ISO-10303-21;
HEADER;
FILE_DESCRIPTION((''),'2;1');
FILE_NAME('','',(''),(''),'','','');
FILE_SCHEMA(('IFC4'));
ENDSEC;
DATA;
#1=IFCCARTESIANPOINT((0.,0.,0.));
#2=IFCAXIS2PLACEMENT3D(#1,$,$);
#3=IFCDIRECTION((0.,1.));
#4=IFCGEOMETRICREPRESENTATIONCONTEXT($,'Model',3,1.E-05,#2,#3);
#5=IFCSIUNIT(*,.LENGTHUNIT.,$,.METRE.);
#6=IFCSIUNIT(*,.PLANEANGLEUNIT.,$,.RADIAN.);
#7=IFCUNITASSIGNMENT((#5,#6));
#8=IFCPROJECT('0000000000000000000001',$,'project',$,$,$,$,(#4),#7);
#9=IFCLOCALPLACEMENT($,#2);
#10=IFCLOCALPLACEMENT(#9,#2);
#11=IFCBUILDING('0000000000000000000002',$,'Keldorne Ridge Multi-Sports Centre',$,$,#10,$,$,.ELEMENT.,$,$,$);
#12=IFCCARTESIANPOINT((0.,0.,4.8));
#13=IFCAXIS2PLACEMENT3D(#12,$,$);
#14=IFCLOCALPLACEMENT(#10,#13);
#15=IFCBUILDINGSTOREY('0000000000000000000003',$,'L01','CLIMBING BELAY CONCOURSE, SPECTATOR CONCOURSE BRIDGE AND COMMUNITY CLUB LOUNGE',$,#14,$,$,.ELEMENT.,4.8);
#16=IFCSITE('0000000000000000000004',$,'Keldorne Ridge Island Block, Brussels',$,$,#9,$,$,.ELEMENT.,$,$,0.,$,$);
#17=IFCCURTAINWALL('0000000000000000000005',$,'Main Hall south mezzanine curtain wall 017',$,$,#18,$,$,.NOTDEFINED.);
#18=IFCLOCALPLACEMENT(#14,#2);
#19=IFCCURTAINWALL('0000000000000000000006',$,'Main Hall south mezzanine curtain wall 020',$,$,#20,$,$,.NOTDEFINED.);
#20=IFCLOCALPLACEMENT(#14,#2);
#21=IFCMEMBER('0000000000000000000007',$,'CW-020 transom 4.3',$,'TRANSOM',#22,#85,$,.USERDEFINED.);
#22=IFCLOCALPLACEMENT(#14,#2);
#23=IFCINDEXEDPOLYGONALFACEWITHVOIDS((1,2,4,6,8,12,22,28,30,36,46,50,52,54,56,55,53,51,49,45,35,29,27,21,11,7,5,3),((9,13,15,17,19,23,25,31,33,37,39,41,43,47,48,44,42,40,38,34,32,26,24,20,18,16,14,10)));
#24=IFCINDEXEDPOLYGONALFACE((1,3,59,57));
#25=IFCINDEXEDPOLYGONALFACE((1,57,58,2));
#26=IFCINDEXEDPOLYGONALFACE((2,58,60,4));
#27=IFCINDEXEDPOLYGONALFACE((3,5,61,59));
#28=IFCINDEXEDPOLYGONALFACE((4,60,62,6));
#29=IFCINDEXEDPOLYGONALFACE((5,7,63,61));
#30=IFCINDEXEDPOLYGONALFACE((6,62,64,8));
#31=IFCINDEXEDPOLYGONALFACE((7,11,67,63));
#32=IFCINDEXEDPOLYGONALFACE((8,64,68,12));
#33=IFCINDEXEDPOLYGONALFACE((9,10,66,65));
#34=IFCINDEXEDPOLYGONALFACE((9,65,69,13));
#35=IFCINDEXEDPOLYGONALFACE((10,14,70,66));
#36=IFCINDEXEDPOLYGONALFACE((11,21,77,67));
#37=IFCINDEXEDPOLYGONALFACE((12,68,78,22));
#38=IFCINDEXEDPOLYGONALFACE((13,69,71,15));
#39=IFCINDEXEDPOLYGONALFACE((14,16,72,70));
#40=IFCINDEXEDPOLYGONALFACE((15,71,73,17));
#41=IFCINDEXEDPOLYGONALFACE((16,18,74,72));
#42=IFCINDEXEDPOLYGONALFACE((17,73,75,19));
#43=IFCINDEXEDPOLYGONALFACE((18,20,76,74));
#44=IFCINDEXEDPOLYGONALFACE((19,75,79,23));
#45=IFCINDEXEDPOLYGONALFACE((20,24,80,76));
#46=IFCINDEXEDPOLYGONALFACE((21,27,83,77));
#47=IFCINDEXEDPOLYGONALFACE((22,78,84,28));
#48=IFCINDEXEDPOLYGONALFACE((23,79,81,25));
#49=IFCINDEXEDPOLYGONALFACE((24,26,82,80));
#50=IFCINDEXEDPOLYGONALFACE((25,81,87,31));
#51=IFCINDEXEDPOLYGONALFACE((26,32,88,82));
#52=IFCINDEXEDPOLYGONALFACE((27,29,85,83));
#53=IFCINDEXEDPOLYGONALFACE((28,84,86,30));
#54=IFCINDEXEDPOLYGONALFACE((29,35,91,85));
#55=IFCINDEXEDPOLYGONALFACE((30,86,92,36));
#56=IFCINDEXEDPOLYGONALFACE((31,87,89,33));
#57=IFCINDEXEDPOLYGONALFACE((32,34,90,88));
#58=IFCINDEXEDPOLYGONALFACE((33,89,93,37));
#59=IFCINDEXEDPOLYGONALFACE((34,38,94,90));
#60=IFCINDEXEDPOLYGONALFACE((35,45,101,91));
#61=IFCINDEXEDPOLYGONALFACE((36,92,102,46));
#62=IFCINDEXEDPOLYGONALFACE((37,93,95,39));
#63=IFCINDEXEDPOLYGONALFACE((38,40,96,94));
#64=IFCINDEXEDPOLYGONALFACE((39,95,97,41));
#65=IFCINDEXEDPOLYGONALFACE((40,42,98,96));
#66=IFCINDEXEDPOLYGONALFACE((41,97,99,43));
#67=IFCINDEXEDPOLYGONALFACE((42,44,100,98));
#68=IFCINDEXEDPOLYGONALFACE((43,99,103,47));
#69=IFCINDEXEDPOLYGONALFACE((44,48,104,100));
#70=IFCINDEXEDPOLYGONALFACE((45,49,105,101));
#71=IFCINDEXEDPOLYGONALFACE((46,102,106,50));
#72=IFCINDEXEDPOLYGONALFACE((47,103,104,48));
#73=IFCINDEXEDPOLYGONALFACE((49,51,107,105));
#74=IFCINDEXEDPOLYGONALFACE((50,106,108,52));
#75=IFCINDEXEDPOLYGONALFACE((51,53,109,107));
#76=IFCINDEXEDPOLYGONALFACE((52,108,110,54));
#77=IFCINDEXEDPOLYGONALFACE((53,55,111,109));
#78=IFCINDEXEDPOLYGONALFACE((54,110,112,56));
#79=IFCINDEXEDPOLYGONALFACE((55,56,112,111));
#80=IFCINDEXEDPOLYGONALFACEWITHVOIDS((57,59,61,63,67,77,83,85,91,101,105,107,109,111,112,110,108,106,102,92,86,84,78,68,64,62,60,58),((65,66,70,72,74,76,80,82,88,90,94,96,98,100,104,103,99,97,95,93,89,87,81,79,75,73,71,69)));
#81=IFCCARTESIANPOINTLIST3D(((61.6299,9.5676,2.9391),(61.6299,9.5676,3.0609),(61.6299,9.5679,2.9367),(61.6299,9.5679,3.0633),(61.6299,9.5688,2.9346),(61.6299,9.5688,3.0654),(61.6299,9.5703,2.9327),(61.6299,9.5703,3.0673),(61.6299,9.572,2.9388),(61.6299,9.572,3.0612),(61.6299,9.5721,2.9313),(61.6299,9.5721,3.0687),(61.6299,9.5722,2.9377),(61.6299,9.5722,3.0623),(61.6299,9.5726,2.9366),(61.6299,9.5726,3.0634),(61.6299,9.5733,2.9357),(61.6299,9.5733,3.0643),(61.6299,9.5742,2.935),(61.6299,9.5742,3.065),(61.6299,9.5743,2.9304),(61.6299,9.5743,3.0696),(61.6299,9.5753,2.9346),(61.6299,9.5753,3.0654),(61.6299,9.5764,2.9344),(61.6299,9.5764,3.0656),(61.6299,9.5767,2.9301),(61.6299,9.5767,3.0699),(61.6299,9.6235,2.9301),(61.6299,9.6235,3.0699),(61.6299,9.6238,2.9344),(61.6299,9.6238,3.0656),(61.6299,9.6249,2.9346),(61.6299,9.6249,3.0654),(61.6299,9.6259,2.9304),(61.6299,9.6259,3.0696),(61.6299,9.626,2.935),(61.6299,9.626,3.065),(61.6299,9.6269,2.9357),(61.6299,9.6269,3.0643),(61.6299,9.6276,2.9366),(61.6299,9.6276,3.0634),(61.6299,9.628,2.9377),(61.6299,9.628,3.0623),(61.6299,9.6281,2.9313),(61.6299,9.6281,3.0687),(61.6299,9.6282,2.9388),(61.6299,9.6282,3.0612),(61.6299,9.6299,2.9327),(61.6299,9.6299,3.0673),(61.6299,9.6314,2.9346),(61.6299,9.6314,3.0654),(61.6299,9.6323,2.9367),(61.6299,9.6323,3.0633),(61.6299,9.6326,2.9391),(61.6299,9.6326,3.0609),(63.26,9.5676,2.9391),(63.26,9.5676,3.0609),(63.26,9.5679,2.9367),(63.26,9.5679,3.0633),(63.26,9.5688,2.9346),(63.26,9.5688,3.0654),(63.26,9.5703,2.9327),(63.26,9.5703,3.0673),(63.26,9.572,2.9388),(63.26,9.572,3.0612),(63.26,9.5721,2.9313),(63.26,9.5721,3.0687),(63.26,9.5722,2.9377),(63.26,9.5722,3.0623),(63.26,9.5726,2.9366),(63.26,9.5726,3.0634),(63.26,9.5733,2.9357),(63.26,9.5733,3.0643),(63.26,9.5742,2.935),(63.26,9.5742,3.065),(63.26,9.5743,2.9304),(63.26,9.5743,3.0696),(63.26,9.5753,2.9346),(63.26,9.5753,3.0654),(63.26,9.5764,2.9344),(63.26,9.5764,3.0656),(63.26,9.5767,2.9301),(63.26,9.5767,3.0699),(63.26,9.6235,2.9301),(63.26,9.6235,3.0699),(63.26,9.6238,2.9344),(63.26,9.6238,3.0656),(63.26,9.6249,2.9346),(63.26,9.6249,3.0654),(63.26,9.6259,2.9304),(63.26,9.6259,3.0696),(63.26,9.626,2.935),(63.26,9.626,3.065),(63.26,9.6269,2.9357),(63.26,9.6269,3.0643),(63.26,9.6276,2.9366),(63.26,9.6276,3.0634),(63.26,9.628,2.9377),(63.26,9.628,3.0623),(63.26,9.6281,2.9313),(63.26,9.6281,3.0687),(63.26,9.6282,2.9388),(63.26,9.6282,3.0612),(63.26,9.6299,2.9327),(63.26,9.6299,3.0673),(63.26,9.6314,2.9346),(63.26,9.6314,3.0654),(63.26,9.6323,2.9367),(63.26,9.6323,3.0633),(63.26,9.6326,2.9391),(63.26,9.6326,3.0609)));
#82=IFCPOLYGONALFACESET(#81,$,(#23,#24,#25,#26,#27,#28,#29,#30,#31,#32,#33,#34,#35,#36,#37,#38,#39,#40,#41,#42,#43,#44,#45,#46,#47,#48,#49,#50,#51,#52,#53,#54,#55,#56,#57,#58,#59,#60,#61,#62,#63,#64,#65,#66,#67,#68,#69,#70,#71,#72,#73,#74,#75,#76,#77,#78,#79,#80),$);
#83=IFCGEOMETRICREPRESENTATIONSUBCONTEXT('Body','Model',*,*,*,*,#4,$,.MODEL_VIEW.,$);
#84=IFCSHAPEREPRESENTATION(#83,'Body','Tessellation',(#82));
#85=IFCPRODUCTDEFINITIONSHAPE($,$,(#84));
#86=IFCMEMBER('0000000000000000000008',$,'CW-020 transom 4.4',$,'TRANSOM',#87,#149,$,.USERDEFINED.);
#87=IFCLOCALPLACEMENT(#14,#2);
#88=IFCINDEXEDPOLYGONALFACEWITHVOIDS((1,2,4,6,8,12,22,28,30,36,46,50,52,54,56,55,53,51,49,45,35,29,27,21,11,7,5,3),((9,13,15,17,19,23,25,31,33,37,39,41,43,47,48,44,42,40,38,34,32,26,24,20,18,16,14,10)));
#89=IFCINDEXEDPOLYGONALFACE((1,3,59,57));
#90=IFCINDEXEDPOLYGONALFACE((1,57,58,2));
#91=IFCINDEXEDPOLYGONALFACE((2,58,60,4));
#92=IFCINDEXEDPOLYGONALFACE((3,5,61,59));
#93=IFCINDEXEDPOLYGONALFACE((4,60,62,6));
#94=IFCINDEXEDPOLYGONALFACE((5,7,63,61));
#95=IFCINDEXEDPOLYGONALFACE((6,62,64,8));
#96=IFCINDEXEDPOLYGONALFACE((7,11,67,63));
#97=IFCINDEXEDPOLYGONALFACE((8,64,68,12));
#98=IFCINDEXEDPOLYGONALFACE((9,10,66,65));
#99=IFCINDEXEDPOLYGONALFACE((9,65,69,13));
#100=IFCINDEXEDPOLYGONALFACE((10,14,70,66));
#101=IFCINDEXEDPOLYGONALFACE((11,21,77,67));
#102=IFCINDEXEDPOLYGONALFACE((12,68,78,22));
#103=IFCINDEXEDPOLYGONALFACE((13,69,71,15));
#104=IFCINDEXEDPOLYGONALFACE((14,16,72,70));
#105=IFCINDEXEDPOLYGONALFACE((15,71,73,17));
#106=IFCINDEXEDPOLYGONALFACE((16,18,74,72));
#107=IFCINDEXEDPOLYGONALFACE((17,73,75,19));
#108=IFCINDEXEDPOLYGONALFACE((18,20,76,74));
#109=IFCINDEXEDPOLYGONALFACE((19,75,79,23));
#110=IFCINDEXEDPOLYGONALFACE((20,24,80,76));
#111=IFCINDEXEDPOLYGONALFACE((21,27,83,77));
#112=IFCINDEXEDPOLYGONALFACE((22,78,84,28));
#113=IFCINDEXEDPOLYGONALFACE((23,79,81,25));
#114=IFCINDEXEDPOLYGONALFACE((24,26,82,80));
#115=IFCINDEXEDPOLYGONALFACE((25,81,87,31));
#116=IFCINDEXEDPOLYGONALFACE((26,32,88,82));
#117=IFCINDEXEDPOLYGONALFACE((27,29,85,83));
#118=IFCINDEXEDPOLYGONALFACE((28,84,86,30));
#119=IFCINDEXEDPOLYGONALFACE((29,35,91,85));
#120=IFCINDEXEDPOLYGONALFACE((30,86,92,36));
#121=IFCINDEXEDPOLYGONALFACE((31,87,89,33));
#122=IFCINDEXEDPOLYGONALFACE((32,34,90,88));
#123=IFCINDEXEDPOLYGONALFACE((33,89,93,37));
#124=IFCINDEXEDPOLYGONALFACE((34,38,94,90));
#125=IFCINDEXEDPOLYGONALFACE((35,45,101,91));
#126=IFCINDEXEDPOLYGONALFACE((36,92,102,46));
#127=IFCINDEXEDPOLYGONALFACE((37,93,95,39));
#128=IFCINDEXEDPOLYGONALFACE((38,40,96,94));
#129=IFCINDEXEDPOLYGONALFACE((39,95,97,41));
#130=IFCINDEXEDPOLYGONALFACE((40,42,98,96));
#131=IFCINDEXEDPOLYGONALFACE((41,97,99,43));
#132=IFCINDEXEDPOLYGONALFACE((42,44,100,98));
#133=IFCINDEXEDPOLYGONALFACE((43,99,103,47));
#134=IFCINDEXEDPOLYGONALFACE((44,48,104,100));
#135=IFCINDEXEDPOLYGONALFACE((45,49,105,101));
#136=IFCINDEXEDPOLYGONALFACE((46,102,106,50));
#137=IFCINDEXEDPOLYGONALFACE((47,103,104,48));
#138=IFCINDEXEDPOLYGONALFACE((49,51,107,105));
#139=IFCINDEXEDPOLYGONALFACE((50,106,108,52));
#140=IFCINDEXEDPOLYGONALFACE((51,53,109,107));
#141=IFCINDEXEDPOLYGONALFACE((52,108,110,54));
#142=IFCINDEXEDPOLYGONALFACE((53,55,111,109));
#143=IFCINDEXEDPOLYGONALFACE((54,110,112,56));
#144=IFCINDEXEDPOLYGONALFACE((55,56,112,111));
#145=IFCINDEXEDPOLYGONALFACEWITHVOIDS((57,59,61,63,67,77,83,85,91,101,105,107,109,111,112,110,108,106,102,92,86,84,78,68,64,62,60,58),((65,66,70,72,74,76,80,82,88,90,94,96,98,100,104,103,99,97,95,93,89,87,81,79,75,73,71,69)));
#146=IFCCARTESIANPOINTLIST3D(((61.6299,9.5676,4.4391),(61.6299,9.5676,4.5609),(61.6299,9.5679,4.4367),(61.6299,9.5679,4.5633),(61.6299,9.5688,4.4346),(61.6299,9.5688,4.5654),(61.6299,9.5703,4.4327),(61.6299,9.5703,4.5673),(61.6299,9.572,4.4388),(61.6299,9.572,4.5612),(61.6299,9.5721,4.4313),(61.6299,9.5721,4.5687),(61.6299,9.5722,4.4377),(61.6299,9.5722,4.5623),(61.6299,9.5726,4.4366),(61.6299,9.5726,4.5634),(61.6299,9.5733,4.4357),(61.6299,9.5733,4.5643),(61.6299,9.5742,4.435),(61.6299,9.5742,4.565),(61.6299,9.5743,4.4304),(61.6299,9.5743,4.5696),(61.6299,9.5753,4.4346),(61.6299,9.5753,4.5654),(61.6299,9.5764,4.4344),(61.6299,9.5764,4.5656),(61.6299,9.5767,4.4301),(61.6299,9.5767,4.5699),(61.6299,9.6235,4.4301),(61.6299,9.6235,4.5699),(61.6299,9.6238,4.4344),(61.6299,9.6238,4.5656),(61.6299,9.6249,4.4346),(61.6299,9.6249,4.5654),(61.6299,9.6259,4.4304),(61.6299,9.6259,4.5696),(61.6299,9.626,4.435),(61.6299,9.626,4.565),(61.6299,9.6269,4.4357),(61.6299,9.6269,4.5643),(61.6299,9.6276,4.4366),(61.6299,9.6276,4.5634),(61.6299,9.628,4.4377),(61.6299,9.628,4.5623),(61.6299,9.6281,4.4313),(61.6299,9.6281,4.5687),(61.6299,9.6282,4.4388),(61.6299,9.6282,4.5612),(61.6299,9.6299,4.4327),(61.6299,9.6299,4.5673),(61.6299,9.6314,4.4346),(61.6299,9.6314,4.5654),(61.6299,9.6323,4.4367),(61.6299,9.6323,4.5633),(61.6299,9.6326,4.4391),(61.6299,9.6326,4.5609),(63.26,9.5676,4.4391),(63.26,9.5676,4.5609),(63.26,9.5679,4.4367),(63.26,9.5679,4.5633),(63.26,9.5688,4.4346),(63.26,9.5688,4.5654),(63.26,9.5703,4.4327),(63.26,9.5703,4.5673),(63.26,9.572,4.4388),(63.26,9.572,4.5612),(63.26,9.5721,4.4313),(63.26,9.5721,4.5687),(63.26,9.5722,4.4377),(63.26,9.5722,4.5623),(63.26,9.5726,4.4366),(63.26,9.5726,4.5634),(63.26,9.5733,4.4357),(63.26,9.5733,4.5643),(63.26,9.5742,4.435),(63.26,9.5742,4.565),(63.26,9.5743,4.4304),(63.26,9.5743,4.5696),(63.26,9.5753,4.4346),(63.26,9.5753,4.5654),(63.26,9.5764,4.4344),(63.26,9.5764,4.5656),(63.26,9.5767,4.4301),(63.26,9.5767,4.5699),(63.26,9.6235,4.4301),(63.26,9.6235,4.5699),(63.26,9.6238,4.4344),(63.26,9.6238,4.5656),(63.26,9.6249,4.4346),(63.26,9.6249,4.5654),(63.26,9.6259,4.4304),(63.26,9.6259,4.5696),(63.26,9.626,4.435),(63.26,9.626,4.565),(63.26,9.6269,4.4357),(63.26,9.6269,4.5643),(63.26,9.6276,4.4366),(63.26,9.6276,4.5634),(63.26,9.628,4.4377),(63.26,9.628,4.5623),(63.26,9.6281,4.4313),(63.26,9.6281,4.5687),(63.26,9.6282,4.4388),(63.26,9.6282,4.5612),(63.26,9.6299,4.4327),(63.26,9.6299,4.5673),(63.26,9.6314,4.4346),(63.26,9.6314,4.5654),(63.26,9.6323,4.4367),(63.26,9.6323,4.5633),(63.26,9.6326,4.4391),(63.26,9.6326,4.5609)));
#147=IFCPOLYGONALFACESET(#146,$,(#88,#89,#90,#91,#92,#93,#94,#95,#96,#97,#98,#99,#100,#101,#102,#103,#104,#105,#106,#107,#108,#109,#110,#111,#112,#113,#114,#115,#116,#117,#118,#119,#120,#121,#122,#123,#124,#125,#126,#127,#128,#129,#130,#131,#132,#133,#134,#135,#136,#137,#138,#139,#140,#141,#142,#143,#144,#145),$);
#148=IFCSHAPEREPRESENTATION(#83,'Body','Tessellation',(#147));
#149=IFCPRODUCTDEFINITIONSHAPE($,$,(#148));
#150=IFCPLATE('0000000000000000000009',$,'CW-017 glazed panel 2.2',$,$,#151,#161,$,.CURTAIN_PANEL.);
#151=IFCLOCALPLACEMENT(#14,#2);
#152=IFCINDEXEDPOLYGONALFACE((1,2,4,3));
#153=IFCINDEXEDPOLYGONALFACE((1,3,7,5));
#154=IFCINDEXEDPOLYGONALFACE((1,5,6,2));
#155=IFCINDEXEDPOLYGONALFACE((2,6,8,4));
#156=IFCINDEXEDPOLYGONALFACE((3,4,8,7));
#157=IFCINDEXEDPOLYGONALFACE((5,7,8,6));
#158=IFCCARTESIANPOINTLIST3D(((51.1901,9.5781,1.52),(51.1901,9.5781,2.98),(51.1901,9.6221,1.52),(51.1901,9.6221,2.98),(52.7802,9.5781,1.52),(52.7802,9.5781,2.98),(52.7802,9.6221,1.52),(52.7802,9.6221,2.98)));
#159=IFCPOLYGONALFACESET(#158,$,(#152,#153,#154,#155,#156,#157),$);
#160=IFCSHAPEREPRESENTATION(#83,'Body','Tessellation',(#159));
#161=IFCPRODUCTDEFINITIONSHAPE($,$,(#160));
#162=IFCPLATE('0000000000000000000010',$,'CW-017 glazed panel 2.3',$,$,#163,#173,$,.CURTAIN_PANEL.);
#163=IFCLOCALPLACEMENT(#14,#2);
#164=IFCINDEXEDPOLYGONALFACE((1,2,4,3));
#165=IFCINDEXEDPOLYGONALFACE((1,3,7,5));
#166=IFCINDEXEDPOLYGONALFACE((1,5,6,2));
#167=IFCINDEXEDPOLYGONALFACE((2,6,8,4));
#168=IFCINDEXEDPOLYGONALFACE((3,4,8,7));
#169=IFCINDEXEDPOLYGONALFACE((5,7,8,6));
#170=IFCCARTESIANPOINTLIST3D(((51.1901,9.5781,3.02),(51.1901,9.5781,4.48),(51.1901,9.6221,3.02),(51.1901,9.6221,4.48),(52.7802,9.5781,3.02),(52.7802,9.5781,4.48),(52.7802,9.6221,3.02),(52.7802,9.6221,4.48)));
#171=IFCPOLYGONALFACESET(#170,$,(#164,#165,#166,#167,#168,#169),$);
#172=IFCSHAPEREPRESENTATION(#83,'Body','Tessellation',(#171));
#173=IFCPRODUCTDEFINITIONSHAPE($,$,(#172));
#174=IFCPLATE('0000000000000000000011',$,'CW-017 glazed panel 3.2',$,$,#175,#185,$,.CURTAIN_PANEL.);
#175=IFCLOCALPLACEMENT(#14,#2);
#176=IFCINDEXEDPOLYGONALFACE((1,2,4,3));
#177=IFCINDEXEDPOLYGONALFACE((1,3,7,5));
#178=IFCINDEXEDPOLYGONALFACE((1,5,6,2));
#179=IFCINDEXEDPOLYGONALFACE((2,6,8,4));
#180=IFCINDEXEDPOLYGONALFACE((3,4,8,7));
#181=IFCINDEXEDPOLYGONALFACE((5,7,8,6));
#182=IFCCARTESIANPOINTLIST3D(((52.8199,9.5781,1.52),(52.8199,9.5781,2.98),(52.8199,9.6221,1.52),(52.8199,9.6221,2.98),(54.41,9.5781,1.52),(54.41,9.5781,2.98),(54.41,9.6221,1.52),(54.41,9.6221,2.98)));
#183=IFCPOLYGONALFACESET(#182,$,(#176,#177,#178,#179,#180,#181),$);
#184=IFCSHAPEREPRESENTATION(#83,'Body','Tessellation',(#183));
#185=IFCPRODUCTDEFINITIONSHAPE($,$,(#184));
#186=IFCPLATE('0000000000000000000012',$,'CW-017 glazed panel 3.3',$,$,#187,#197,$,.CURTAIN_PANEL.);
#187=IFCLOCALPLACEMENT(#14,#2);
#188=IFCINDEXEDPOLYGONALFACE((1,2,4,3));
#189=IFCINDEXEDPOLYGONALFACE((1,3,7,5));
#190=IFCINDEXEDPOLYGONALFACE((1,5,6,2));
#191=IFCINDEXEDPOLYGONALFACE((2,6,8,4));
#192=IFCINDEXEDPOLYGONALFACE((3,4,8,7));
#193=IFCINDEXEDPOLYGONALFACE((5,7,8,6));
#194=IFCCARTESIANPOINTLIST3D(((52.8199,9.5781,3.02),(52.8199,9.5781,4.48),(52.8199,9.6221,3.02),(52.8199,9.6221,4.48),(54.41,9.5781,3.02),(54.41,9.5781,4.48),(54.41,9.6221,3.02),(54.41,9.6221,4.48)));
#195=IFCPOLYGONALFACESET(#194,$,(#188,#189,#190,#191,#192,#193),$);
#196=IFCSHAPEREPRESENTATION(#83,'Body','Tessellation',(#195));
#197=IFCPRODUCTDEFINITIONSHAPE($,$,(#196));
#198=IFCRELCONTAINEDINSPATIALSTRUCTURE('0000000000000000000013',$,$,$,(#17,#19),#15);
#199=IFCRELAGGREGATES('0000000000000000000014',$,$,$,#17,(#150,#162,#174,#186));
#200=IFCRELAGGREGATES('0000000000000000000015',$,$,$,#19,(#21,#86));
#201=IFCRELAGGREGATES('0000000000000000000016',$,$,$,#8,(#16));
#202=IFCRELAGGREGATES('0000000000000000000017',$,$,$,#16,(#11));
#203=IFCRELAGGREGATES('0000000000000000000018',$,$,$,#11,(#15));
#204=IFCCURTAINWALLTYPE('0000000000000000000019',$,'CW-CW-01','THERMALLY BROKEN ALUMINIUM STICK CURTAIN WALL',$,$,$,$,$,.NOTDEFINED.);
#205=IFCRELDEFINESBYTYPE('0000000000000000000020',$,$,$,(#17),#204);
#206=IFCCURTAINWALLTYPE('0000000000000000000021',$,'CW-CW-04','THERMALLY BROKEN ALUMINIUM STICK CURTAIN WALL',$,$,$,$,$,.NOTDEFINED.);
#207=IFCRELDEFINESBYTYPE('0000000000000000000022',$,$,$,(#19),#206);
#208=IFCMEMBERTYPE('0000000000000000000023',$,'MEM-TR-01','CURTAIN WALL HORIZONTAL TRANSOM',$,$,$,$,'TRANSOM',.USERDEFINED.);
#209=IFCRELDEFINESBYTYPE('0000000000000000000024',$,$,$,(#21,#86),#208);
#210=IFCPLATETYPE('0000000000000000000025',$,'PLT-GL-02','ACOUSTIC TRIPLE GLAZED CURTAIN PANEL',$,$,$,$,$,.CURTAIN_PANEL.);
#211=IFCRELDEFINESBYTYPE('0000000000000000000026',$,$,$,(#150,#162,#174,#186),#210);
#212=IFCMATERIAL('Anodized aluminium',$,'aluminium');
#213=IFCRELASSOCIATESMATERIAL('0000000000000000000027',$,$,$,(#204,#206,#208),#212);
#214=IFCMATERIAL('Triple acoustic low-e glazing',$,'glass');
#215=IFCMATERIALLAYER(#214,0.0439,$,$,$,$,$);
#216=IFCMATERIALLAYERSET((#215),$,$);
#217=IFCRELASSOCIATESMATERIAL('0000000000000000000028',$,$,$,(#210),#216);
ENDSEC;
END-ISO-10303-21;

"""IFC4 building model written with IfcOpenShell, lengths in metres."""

from ifc_helpers import new_model, si_unit, direction, frame, origin, origin_2d, place, context, subcontext, project, spatial, rectangle, hollow_rectangle, extrude, material, layer, layer_set, material_profile, profile_set, type_object, element, aggregate, save


model = new_model("IFC4")

# Units and contexts
model_context = context("Model", 3, precision=1e-05, world=origin(), true_north=direction((0.0, 1.0)))
body_context = subcontext(model_context, "Body", "Model", "MODEL_VIEW")
ifc_project = project(units=[si_unit("LENGTHUNIT", "METRE"), si_unit("PLANEANGLEUNIT", "RADIAN")], contexts=[model_context])

# Site, building, storey
site_placement = place(None, origin())
site = spatial("IfcSite", under=ifc_project, at=site_placement, Name="Keldorne Ridge Island Block, Brussels", CompositionType="ELEMENT", RefElevation=0.0)
building_placement = place(site_placement, origin())
building = spatial("IfcBuilding", under=site, at=building_placement, Name="Keldorne Ridge Multi-Sports Centre", CompositionType="ELEMENT")
storey_placement = place(building_placement, frame((0.0, 0.0, 4.8)))
storey = spatial("IfcBuildingStorey", under=building, at=storey_placement, Name="L01", Description="CLIMBING BELAY CONCOURSE, SPECTATOR CONCOURSE BRIDGE AND COMMUNITY CLUB LOUNGE", CompositionType="ELEMENT", Elevation=4.8)

# Curtain walls, members
ifc_material_1 = material(Name="Anodized aluminium", Category="aluminium")
curtain_wall_type_1 = type_object("IfcCurtainWallType", Name="CW-CW-01", Description="THERMALLY BROKEN ALUMINIUM STICK CURTAIN WALL", PredefinedType="NOTDEFINED", material=ifc_material_1)
curtain_wall_1_placement = place(storey_placement, origin())
curtain_wall_1 = element("IfcCurtainWall", 1, at=curtain_wall_1_placement, inside=storey, type_object=curtain_wall_type_1, Name="Main Hall south mezzanine curtain wall 017", PredefinedType="NOTDEFINED")
ifc_material_profile_1 = material_profile(ifc_material_1, hollow_rectangle(XDim=0.0649, YDim=0.1399, WallThickness=0.0044, InnerFilletRadius=0.0044, OuterFilletRadius=0.009, at=origin_2d()), Name="ALU TRANSOM 140x65x4.5")
ifc_profile_set_1 = profile_set([ifc_material_profile_1], Name="Anodized aluminium")
member_type = type_object("IfcMemberType", Name="MEM-TR-01", Description="CURTAIN WALL HORIZONTAL TRANSOM", ElementType="TRANSOM", PredefinedType="USERDEFINED", material=ifc_profile_set_1)
curtain_wall_type_2 = type_object("IfcCurtainWallType", Name="CW-CW-04", Description="THERMALLY BROKEN ALUMINIUM STICK CURTAIN WALL", PredefinedType="NOTDEFINED", material=ifc_material_1)
curtain_wall_2_placement = place(storey_placement, origin())
curtain_wall_2 = element("IfcCurtainWall", 2, at=curtain_wall_2_placement, inside=storey, type_object=curtain_wall_type_2, Name="Main Hall south mezzanine curtain wall 020", PredefinedType="NOTDEFINED")
member_1_placement = place(storey_placement, frame((61.6299, 9.6001, 3.0), z_axis=(1.0, 0.0, 0.0), x_axis=(0.0, 1.0, 0.0)))
member_1 = element("IfcMember", 3, at=member_1_placement, type_object=member_type, Name="CW-020 transom 4.3", ObjectType="TRANSOM", PredefinedType="USERDEFINED", context=body_context, shape_type="SweptSolid", body=[
    extrude(hollow_rectangle(XDim=0.0649, YDim=0.1399, WallThickness=0.0044, InnerFilletRadius=0.0044, OuterFilletRadius=0.009, at=origin_2d()), origin(), (0.0, 0.0, 1.0), 1.6301),
])
member_2_placement = place(storey_placement, frame((61.6299, 9.6001, 4.5), z_axis=(1.0, 0.0, 0.0), x_axis=(0.0, 1.0, 0.0)))
member_2 = element("IfcMember", 4, at=member_2_placement, type_object=member_type, Name="CW-020 transom 4.4", ObjectType="TRANSOM", PredefinedType="USERDEFINED", context=body_context, shape_type="SweptSolid", body=[
    extrude(hollow_rectangle(XDim=0.0649, YDim=0.1399, WallThickness=0.0044, InnerFilletRadius=0.0044, OuterFilletRadius=0.009, at=origin_2d()), origin(), (0.0, 0.0, 1.0), 1.6301),
])

# Plates
ifc_material_2 = material(Name="Triple acoustic low-e glazing", Category="glass")
ifc_layer_1 = layer(ifc_material_2, 0.0439)
ifc_layer_set_1 = layer_set([ifc_layer_1])
plate_type_1 = type_object("IfcPlateType", Name="PLT-GL-02", Description="ACOUSTIC TRIPLE GLAZED CURTAIN PANEL", PredefinedType="CURTAIN_PANEL", material=ifc_layer_set_1)
plate_1_placement = place(storey_placement, frame((51.9851, 9.6001, 1.52), z_axis=(0.0, 0.0, 1.0), x_axis=(1.0, 0.0, 0.0)))
plate_1 = element("IfcPlate", 5, at=plate_1_placement, type_object=plate_type_1, Name="CW-017 glazed panel 2.2", PredefinedType="CURTAIN_PANEL", context=body_context, shape_type="SweptSolid", body=[
    extrude(rectangle(XDim=1.5901, YDim=0.0439, at=origin_2d()), origin(), (0.0, 0.0, 1.0), 1.46),
])
plate_2_placement = place(storey_placement, frame((51.9851, 9.6001, 3.02), z_axis=(0.0, 0.0, 1.0), x_axis=(1.0, 0.0, 0.0)))
plate_2 = element("IfcPlate", 6, at=plate_2_placement, type_object=plate_type_1, Name="CW-017 glazed panel 2.3", PredefinedType="CURTAIN_PANEL", context=body_context, shape_type="SweptSolid", body=[
    extrude(rectangle(XDim=1.5901, YDim=0.0439, at=origin_2d()), origin(), (0.0, 0.0, 1.0), 1.46),
])
plate_3_placement = place(storey_placement, frame((53.615, 9.6001, 1.52), z_axis=(0.0, 0.0, 1.0), x_axis=(1.0, 0.0, 0.0)))
plate_3 = element("IfcPlate", 7, at=plate_3_placement, type_object=plate_type_1, Name="CW-017 glazed panel 3.2", PredefinedType="CURTAIN_PANEL", context=body_context, shape_type="SweptSolid", body=[
    extrude(rectangle(XDim=1.5901, YDim=0.0439, at=origin_2d()), origin(), (0.0, 0.0, 1.0), 1.46),
])
plate_4_placement = place(storey_placement, frame((53.615, 9.6001, 3.02), z_axis=(0.0, 0.0, 1.0), x_axis=(1.0, 0.0, 0.0)))
plate_4 = element("IfcPlate", 8, at=plate_4_placement, type_object=plate_type_1, Name="CW-017 glazed panel 3.3", PredefinedType="CURTAIN_PANEL", context=body_context, shape_type="SweptSolid", body=[
    extrude(rectangle(XDim=1.5901, YDim=0.0439, at=origin_2d()), origin(), (0.0, 0.0, 1.0), 1.46),
])
aggregate(curtain_wall_1, [plate_1, plate_2, plate_3, plate_4])
aggregate(curtain_wall_2, [member_1, member_2])

save(model, "model.ifc")
